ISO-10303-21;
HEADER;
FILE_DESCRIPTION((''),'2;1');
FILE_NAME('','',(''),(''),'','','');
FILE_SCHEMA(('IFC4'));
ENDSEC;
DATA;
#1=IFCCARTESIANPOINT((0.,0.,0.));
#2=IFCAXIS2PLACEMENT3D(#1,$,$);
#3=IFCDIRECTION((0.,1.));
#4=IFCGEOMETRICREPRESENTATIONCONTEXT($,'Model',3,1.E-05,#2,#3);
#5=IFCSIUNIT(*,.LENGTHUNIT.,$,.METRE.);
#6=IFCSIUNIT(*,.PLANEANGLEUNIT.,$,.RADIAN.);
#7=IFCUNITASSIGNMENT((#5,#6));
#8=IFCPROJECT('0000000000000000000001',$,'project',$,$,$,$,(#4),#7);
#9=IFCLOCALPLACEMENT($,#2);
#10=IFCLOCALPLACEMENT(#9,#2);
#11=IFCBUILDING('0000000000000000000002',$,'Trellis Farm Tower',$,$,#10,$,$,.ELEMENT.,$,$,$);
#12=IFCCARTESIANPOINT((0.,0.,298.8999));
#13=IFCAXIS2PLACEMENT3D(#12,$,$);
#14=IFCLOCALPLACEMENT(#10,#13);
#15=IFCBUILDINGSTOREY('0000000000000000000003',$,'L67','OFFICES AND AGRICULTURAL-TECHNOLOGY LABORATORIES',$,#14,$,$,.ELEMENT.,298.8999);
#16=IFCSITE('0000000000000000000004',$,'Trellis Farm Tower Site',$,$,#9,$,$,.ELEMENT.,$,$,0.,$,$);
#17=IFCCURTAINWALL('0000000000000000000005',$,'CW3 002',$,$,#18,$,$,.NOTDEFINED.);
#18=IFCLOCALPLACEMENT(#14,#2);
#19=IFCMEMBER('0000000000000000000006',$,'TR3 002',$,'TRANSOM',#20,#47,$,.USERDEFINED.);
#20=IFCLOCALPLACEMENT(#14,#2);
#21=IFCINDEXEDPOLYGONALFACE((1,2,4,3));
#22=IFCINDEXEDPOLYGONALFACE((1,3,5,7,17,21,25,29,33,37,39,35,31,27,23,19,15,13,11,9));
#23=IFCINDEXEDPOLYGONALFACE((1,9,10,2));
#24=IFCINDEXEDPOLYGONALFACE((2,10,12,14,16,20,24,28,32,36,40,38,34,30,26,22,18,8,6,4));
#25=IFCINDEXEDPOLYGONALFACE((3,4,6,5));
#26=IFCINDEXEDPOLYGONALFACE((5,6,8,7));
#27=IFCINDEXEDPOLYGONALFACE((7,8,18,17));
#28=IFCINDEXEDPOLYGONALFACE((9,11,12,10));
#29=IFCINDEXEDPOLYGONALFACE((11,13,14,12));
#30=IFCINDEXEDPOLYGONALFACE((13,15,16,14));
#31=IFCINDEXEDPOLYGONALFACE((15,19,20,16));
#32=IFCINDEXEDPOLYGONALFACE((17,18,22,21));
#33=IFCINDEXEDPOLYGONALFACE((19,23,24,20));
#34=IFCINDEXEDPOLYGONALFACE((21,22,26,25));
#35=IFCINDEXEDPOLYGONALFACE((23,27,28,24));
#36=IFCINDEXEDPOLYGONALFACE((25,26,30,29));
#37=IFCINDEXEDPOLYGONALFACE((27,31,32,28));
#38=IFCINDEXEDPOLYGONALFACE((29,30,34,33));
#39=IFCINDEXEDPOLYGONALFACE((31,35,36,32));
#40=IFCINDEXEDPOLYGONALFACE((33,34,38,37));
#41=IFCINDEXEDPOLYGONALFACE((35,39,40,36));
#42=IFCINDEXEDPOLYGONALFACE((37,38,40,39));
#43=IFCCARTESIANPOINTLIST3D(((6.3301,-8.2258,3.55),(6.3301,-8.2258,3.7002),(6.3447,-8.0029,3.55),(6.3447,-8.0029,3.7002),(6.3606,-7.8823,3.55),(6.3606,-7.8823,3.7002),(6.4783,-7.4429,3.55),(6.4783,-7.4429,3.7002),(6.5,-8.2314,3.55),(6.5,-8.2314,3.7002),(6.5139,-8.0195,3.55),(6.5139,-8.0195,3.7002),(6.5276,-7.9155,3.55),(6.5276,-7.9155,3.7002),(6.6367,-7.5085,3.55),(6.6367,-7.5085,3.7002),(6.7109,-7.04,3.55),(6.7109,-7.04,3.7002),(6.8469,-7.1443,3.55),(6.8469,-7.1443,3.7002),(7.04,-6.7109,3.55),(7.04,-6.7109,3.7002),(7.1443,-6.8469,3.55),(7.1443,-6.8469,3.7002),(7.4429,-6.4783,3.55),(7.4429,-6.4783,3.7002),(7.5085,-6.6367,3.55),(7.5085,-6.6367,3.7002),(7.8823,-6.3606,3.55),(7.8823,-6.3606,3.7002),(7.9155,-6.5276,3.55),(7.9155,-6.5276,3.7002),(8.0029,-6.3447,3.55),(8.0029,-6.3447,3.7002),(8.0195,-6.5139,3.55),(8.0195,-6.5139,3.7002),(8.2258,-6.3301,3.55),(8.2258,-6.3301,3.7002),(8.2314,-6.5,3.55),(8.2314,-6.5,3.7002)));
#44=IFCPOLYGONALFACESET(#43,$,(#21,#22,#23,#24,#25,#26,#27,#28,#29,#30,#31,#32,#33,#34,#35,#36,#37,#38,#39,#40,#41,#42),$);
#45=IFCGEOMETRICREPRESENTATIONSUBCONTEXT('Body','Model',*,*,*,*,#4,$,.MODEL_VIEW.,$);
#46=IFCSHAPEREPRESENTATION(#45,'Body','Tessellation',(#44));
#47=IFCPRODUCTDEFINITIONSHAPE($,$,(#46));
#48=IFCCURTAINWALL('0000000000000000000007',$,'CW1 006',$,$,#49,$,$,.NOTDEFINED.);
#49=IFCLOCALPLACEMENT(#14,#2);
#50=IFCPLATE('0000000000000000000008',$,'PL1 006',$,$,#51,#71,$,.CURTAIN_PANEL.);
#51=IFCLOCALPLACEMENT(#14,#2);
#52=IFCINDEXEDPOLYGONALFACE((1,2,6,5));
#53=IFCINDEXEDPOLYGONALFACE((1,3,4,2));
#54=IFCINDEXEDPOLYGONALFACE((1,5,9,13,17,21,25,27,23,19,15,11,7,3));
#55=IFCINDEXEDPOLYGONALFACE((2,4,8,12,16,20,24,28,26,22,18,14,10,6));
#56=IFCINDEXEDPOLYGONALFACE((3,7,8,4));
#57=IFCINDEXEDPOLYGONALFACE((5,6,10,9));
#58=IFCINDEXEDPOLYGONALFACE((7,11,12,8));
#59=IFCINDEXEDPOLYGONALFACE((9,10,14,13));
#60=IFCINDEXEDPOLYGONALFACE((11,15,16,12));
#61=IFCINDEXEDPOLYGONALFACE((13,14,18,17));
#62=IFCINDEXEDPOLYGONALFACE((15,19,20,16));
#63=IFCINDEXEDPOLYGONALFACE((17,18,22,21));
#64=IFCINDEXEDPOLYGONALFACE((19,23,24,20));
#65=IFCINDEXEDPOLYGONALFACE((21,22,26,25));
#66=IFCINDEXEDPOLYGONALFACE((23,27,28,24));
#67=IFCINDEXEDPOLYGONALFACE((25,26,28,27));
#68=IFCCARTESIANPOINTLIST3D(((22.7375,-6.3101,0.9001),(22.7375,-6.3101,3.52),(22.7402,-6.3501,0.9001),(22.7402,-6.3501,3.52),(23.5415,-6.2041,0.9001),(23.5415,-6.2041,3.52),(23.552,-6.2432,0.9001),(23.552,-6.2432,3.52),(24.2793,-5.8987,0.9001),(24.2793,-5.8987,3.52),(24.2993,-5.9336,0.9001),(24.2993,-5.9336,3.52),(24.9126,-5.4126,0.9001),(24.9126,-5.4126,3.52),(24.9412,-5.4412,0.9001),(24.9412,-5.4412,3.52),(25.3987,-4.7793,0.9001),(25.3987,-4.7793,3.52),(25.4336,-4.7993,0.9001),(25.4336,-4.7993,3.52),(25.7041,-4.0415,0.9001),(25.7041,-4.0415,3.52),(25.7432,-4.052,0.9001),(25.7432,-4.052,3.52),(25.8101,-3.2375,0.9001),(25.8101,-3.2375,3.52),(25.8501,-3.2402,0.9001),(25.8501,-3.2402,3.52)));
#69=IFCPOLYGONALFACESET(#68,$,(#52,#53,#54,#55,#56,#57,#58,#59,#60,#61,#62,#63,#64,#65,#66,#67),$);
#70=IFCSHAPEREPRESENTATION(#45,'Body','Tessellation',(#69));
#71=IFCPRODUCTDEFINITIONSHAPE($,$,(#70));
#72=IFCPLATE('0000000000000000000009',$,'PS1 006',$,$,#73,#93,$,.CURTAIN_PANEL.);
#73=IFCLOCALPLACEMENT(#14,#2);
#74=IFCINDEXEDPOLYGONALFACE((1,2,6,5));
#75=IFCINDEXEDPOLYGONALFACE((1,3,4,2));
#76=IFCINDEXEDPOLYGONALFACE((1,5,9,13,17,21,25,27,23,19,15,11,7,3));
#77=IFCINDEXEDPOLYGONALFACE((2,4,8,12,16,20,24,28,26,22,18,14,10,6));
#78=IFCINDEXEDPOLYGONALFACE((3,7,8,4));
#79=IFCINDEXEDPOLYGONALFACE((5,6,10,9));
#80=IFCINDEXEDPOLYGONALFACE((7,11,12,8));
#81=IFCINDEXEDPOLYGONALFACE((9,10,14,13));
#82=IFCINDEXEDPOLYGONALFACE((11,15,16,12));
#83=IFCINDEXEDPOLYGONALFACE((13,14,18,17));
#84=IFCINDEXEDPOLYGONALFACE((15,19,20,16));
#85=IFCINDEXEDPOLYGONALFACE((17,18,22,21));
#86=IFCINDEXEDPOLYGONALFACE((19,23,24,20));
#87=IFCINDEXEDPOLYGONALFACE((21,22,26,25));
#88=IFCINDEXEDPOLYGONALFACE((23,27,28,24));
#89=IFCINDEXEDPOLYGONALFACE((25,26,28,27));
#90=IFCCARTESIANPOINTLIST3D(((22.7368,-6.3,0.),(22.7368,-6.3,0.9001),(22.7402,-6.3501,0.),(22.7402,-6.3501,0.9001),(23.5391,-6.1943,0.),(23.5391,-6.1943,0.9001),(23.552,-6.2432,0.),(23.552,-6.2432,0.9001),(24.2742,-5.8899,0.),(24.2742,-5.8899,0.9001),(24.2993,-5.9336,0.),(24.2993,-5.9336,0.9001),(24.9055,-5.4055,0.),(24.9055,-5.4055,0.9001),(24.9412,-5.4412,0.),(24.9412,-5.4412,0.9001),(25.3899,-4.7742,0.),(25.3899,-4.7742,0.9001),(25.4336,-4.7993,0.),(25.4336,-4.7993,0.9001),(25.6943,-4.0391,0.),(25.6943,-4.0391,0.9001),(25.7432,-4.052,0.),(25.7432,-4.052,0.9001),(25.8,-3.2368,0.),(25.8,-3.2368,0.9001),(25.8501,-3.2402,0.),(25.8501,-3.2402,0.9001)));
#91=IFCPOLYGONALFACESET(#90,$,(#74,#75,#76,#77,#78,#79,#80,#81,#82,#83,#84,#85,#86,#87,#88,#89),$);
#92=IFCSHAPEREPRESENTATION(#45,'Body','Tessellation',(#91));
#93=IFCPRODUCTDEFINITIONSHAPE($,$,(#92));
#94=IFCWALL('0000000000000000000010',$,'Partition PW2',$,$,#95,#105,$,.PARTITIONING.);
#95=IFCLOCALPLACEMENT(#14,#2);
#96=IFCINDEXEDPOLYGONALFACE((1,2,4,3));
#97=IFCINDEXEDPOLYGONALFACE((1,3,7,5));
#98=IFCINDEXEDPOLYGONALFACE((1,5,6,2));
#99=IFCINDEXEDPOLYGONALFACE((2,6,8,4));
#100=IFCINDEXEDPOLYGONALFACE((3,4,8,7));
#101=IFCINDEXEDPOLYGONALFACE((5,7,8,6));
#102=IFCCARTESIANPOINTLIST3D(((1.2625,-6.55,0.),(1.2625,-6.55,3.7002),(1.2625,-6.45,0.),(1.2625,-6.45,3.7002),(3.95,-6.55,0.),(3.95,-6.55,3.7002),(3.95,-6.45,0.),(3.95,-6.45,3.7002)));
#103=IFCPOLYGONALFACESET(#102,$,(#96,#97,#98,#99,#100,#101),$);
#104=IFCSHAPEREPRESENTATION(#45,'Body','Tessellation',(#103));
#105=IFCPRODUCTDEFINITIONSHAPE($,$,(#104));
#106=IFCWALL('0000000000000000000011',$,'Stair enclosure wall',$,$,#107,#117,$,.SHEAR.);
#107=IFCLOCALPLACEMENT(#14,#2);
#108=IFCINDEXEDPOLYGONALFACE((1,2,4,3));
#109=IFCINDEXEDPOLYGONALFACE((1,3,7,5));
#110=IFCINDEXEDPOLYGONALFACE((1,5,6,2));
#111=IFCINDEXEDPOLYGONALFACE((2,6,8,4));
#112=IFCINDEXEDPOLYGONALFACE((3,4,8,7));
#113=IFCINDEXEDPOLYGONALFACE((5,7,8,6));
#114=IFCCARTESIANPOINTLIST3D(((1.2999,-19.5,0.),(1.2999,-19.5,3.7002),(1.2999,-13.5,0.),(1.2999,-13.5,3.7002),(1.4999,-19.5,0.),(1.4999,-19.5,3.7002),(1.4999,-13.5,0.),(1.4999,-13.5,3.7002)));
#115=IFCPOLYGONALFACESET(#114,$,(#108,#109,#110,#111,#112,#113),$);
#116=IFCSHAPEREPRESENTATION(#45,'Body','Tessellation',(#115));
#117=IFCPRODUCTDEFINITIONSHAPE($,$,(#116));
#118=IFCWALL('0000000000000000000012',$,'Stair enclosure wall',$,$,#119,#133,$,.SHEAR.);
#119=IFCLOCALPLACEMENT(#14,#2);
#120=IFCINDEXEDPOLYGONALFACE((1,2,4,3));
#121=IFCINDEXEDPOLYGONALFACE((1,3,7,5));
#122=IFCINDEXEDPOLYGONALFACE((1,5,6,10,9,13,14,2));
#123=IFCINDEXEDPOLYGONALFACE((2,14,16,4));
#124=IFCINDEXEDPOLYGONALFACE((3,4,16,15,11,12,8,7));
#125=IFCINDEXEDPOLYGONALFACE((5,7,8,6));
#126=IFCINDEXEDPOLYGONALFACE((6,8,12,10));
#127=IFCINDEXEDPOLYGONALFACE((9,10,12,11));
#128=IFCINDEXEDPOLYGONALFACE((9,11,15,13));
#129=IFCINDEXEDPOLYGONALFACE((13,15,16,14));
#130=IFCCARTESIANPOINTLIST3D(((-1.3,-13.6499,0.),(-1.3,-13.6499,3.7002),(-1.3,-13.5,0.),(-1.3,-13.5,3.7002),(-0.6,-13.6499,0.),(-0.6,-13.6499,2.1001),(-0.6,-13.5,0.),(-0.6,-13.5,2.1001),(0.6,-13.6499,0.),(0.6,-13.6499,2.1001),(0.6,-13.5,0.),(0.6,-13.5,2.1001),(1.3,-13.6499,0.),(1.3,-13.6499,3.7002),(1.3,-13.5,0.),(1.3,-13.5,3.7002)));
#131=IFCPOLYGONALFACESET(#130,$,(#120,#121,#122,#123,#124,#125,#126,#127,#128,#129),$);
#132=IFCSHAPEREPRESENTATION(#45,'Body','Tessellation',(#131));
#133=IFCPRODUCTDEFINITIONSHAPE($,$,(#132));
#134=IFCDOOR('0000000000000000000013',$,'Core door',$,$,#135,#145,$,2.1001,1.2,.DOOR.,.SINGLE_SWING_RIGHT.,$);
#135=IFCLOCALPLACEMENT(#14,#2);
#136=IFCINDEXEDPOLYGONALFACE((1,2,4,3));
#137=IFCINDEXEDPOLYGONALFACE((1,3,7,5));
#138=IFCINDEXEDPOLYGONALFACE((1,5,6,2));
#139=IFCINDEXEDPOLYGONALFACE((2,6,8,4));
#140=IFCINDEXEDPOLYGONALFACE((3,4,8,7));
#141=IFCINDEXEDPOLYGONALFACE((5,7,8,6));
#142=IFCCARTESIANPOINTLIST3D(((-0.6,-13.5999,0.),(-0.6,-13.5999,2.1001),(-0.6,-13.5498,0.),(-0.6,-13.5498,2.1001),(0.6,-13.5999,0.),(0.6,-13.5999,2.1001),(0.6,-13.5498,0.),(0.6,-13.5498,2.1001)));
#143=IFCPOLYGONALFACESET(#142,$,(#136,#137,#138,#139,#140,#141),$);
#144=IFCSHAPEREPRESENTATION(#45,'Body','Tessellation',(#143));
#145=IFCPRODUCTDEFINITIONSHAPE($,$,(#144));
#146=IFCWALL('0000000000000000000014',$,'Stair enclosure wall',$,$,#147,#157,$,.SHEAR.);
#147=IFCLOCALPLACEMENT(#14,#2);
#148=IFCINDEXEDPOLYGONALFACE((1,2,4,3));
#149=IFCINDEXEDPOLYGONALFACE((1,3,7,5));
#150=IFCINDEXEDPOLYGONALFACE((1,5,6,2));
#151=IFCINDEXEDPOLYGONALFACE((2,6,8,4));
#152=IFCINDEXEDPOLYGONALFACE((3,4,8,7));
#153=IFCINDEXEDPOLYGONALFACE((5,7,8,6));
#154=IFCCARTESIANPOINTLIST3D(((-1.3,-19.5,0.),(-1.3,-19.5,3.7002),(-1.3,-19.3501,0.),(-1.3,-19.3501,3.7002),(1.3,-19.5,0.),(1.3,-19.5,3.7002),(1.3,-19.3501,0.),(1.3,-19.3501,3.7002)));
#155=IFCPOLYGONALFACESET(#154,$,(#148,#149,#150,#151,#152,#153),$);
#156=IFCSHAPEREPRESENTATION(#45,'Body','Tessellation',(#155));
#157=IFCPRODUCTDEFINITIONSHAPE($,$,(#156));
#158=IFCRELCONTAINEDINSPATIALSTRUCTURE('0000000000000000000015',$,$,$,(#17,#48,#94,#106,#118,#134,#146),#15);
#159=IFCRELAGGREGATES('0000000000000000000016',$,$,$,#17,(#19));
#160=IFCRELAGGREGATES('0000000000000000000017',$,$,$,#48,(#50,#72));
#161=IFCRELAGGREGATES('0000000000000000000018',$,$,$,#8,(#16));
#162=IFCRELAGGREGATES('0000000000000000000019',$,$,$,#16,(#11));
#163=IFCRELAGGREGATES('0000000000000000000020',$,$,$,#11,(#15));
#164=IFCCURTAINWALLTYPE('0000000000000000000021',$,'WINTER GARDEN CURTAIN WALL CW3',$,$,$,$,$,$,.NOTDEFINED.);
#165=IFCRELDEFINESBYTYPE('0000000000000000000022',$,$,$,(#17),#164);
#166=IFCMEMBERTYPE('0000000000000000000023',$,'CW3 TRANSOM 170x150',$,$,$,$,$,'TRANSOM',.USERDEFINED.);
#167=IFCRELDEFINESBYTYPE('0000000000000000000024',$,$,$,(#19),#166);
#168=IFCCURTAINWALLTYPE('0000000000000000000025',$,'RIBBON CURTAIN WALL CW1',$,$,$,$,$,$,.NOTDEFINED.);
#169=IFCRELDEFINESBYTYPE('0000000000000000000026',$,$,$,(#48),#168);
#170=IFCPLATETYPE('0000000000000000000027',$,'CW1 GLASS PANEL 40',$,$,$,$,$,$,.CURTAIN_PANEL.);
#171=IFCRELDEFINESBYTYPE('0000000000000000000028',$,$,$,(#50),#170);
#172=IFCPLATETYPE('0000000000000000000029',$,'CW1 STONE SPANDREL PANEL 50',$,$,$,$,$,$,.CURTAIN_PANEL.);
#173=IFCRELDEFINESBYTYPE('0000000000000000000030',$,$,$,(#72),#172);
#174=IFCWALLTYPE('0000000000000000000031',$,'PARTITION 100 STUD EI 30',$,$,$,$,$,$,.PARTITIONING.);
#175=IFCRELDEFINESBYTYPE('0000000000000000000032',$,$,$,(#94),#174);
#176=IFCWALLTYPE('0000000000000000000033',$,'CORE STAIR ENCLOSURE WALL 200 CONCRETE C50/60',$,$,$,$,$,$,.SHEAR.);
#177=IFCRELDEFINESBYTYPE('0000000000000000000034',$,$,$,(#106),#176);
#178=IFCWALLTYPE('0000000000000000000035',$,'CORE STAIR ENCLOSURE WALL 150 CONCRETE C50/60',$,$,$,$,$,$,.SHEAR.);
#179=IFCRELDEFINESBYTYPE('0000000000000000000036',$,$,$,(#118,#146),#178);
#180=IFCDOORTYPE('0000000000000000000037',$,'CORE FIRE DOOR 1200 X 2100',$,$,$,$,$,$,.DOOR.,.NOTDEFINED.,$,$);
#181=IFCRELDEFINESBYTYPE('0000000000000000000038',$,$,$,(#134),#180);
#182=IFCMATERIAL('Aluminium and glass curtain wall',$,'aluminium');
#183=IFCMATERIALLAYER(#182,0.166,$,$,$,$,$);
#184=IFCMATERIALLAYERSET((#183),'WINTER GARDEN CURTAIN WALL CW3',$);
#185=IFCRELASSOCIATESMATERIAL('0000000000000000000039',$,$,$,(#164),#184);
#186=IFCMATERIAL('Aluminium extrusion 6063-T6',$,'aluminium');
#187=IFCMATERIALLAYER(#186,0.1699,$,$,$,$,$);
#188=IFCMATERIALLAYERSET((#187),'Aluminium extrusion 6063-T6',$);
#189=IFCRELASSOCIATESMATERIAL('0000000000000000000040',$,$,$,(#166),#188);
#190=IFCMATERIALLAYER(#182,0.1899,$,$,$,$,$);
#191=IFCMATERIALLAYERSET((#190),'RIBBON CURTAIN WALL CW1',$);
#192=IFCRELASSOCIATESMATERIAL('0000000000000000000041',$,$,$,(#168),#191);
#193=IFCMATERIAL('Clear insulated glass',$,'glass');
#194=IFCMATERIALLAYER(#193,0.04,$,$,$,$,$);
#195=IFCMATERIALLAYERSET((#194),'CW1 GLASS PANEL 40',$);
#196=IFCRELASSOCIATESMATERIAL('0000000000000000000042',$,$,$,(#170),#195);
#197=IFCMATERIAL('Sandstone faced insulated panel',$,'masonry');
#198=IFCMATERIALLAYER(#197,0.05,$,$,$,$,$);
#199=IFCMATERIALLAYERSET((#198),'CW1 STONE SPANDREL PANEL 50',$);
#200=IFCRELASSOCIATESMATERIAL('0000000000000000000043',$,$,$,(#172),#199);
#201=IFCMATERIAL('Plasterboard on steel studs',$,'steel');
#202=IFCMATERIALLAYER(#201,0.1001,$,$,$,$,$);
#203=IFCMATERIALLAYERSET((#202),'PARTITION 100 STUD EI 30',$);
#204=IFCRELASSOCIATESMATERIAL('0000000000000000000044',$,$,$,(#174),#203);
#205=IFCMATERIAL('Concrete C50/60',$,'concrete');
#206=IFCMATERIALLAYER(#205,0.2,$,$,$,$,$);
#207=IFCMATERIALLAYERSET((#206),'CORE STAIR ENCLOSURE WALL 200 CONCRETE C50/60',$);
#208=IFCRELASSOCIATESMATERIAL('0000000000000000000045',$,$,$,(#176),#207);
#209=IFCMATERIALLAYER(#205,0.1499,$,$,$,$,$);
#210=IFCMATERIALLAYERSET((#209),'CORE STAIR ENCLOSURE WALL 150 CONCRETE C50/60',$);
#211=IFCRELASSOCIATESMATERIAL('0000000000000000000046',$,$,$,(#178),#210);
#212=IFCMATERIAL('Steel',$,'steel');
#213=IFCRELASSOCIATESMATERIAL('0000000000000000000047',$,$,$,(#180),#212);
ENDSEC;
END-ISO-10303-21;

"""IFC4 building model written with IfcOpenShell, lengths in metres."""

from ifc_helpers import new_model, si_unit, direction, frame, frame_2d, origin, place, context, subcontext, project, spatial, polyline, rectangle, outline, extrude, source, transform, mapped, material, layer, layer_set, type_object, element, fill, aggregate, save


model = new_model("IFC4")

# Units and contexts
model_context = context("Model", 3, precision=1e-05, world=origin(), true_north=direction((0.0, 1.0)))
body_context = subcontext(model_context, "Body", "Model", "MODEL_VIEW")
ifc_project = project(units=[si_unit("LENGTHUNIT", "METRE"), si_unit("PLANEANGLEUNIT", "RADIAN")], contexts=[model_context])

# Site, building, storey
site_placement = place(None, origin())
site = spatial("IfcSite", under=ifc_project, at=site_placement, Name="Trellis Farm Tower Site", CompositionType="ELEMENT", RefElevation=0.0)
building_placement = place(site_placement, origin())
building = spatial("IfcBuilding", under=site, at=building_placement, Name="Trellis Farm Tower", CompositionType="ELEMENT")
storey_placement = place(building_placement, frame((0.0, 0.0, 298.8999)))
storey = spatial("IfcBuildingStorey", under=building, at=storey_placement, Name="L67", Description="OFFICES AND AGRICULTURAL-TECHNOLOGY LABORATORIES", CompositionType="ELEMENT", Elevation=298.8999)

# Curtain wall, member
ifc_material_1 = material(Name="Aluminium and glass curtain wall", Category="aluminium")
ifc_layer_1 = layer(ifc_material_1, 0.166)
ifc_layer_set_1 = layer_set([ifc_layer_1], Name="WINTER GARDEN CURTAIN WALL CW3")
curtain_wall_type_1 = type_object("IfcCurtainWallType", Name="WINTER GARDEN CURTAIN WALL CW3", PredefinedType="NOTDEFINED", material=ifc_layer_set_1)
placement = place(storey_placement, origin())
curtain_wall_1 = element("IfcCurtainWall", 1, at=placement, inside=storey, type_object=curtain_wall_type_1, Name="CW3 002", PredefinedType="NOTDEFINED")
ifc_material_2 = material(Name="Aluminium extrusion 6063-T6", Category="aluminium")
ifc_layer_2 = layer(ifc_material_2, 0.1699)
ifc_layer_set_2 = layer_set([ifc_layer_2], Name="Aluminium extrusion 6063-T6")
member_type = type_object("IfcMemberType", Name="CW3 TRANSOM 170x150", ElementType="TRANSOM", PredefinedType="USERDEFINED", material=ifc_layer_set_2)
shared_shape_1 = source(origin(), body_context, "Body", "SweptSolid", [
    extrude(outline(polyline([(6.5, -8.2314), (6.5139, -8.0195), (6.5276, -7.9155), (6.6367, -7.5085), (6.8469, -7.1443), (7.1443, -6.8469), (7.5085, -6.6367), (7.9155, -6.5276), (8.0195, -6.5139), (8.2314, -6.5), (8.2258, -6.3301), (8.0029, -6.3447), (7.8823, -6.3606), (7.4429, -6.4783), (7.04, -6.7109), (6.7109, -7.04), (6.4783, -7.4429), (6.3606, -7.8823), (6.3447, -8.0029), (6.3301, -8.2258), (6.5, -8.2314)])), origin(), (0.0, 0.0, 1.0), 0.1501),
])
member_placement = place(storey_placement, frame((0.0, 0.0, 3.55)))
member = element("IfcMember", 2, at=member_placement, type_object=member_type, Name="TR3 002", ObjectType="TRANSOM", PredefinedType="USERDEFINED", context=body_context, shape_type="MappedRepresentation", body=[
    mapped(shared_shape_1, transform((0.0, 0.0, 0.0))),
])
aggregate(curtain_wall_1, [member])

# Curtain wall, plates
ifc_layer_3 = layer(ifc_material_1, 0.1899)
ifc_layer_set_3 = layer_set([ifc_layer_3], Name="RIBBON CURTAIN WALL CW1")
curtain_wall_type_2 = type_object("IfcCurtainWallType", Name="RIBBON CURTAIN WALL CW1", PredefinedType="NOTDEFINED", material=ifc_layer_set_3)
curtain_wall_2 = element("IfcCurtainWall", 3, at=placement, inside=storey, type_object=curtain_wall_type_2, Name="CW1 006", PredefinedType="NOTDEFINED")
ifc_material_3 = material(Name="Clear insulated glass", Category="glass")
ifc_layer_4 = layer(ifc_material_3, 0.04)
ifc_layer_set_4 = layer_set([ifc_layer_4], Name="CW1 GLASS PANEL 40")
plate_type_1 = type_object("IfcPlateType", Name="CW1 GLASS PANEL 40", PredefinedType="CURTAIN_PANEL", material=ifc_layer_set_4)
shared_shape_2 = source(origin(), body_context, "Body", "SweptSolid", [
    extrude(outline(polyline([(22.7402, -6.3501), (23.552, -6.2432), (24.2993, -5.9336), (24.9412, -5.4412), (25.4336, -4.7993), (25.7432, -4.052), (25.8501, -3.2402), (25.8101, -3.2375), (25.7041, -4.0415), (25.3987, -4.7793), (24.9126, -5.4126), (24.2793, -5.8987), (23.5415, -6.2041), (22.7375, -6.3101), (22.7402, -6.3501)])), origin(), (0.0, 0.0, 1.0), 2.6199),
])
plate_1_placement = place(storey_placement, frame((0.0, 0.0, 0.9001)))
plate_1 = element("IfcPlate", 4, at=plate_1_placement, type_object=plate_type_1, Name="PL1 006", PredefinedType="CURTAIN_PANEL", context=body_context, shape_type="MappedRepresentation", body=[
    mapped(shared_shape_2, transform((0.0, 0.0, 0.0))),
])
ifc_material_4 = material(Name="Sandstone faced insulated panel", Category="masonry")
ifc_layer_5 = layer(ifc_material_4, 0.05)
ifc_layer_set_5 = layer_set([ifc_layer_5], Name="CW1 STONE SPANDREL PANEL 50")
plate_type_2 = type_object("IfcPlateType", Name="CW1 STONE SPANDREL PANEL 50", PredefinedType="CURTAIN_PANEL", material=ifc_layer_set_5)
shared_shape_3 = source(origin(), body_context, "Body", "SweptSolid", [
    extrude(outline(polyline([(22.7402, -6.3501), (23.552, -6.2432), (24.2993, -5.9336), (24.9412, -5.4412), (25.4336, -4.7993), (25.7432, -4.052), (25.8501, -3.2402), (25.8, -3.2368), (25.6943, -4.0391), (25.3899, -4.7742), (24.9055, -5.4055), (24.2742, -5.8899), (23.5391, -6.1943), (22.7368, -6.3), (22.7402, -6.3501)])), origin(), (0.0, 0.0, 1.0), 0.9001),
])
plate_2 = element("IfcPlate", 5, at=placement, type_object=plate_type_2, Name="PS1 006", PredefinedType="CURTAIN_PANEL", context=body_context, shape_type="MappedRepresentation", body=[
    mapped(shared_shape_3, transform((0.0, 0.0, 0.0))),
])
aggregate(curtain_wall_2, [plate_1, plate_2])

# Walls
ifc_material_5 = material(Name="Plasterboard on steel studs", Category="steel")
ifc_layer_6 = layer(ifc_material_5, 0.1001)
ifc_layer_set_6 = layer_set([ifc_layer_6], Name="PARTITION 100 STUD EI 30")
wall_type_1 = type_object("IfcWallType", Name="PARTITION 100 STUD EI 30", PredefinedType="PARTITIONING", material=ifc_layer_set_6)
wall_1_placement = place(storey_placement, frame((1.2625, -6.5, 0.0), z_axis=(0.0, 0.0, 1.0), x_axis=(1.0, 0.0, 0.0)))
element("IfcWall", 6, at=wall_1_placement, inside=storey, type_object=wall_type_1, Name="Partition PW2", PredefinedType="PARTITIONING", context=body_context, shape_type="SweptSolid", body=[
    extrude(rectangle(XDim=2.6875, YDim=0.1001, at=frame_2d((1.3438, 0.0))), origin(), (0.0, 0.0, 1.0), 3.7002),
])
ifc_material_6 = material(Name="Concrete C50/60", Category="concrete")
ifc_layer_7 = layer(ifc_material_6, 0.2)
ifc_layer_set_7 = layer_set([ifc_layer_7], Name="CORE STAIR ENCLOSURE WALL 200 CONCRETE C50/60")
wall_type_2 = type_object("IfcWallType", Name="CORE STAIR ENCLOSURE WALL 200 CONCRETE C50/60", PredefinedType="SHEAR", material=ifc_layer_set_7)
shared_shape_4 = source(origin(), body_context, "Body", "SweptSolid", [
    extrude(rectangle(XDim=6.0, YDim=0.2, at=frame_2d((3.0, 0.0))), origin(), (0.0, 0.0, 1.0), 3.7002),
])
wall_2_placement = place(storey_placement, frame((1.3999, -13.5, 0.0), z_axis=(0.0, 0.0, 1.0), x_axis=(0.0, -1.0, 0.0)))
element("IfcWall", 7, at=wall_2_placement, inside=storey, type_object=wall_type_2, Name="Stair enclosure wall", PredefinedType="SHEAR", context=body_context, shape_type="MappedRepresentation", body=[
    mapped(shared_shape_4, transform((0.0, 0.0, 0.0))),
])

# Wall, opening, door
ifc_layer_8 = layer(ifc_material_6, 0.1499)
ifc_layer_set_8 = layer_set([ifc_layer_8], Name="CORE STAIR ENCLOSURE WALL 150 CONCRETE C50/60")
wall_type_3 = type_object("IfcWallType", Name="CORE STAIR ENCLOSURE WALL 150 CONCRETE C50/60", PredefinedType="SHEAR", material=ifc_layer_set_8)
shared_shape_5 = source(origin(), body_context, "Body", "SweptSolid", [
    extrude(rectangle(XDim=2.6001, YDim=0.1499, at=frame_2d((1.3, 0.0))), origin(), (0.0, 0.0, 1.0), 3.7002),
])
wall_3_placement = place(storey_placement, frame((1.3, -13.575, 0.0), z_axis=(0.0, 0.0, 1.0), x_axis=(-1.0, 0.0, 0.0)))
wall_3 = element("IfcWall", 8, at=wall_3_placement, inside=storey, type_object=wall_type_3, Name="Stair enclosure wall", PredefinedType="SHEAR", context=body_context, shape_type="MappedRepresentation", body=[
    mapped(shared_shape_5, transform((0.0, 0.0, 0.0))),
])
shared_shape_6 = source(origin(), body_context, "Body", "SweptSolid", [
    extrude(rectangle(XDim=1.2, YDim=2.1001, at=frame_2d((0.6001, 1.05))), frame((0.0, 0.085, 0.0), z_axis=(0.0, -1.0, 0.0), x_axis=(1.0, 0.0, 0.0)), (0.0, 0.0, 1.0), 0.1699),
])
opening_1_placement = place(wall_3_placement, frame((0.7, 0.0, 0.0)))
opening_1 = element("IfcOpeningElement", 9, at=opening_1_placement, cuts=wall_3, PredefinedType="OPENING", context=body_context, shape_type="MappedRepresentation", body=[
    mapped(shared_shape_6, transform((0.0, 0.0, 0.0))),
])
ifc_material_7 = material(Name="Steel", Category="steel")
door_type_1 = type_object("IfcDoorType", Name="CORE FIRE DOOR 1200 X 2100", OperationType="NOTDEFINED", PredefinedType="DOOR", material=ifc_material_7)
shared_shape_7 = source(origin(), body_context, "Body", "SweptSolid", [
    extrude(rectangle(XDim=1.2, YDim=2.1001, at=frame_2d((0.6001, 1.05))), frame((0.0, 0.0249, 0.0), z_axis=(0.0, -1.0, 0.0), x_axis=(1.0, 0.0, 0.0)), (0.0, 0.0, 1.0), 0.05),
])
door_1_placement = place(opening_1_placement, origin())
door_1 = element("IfcDoor", 10, at=door_1_placement, inside=storey, type_object=door_type_1, Name="Core door", OperationType="SINGLE_SWING_RIGHT", OverallHeight=2.1001, OverallWidth=1.2, PredefinedType="DOOR", context=body_context, shape_type="MappedRepresentation", body=[
    mapped(shared_shape_7, transform((0.0, 0.0, 0.0))),
])
fill(opening_1, door_1)

# Wall
wall_4_placement = place(storey_placement, frame((1.3, -19.425, 0.0), z_axis=(0.0, 0.0, 1.0), x_axis=(-1.0, 0.0, 0.0)))
element("IfcWall", 11, at=wall_4_placement, inside=storey, type_object=wall_type_3, Name="Stair enclosure wall", PredefinedType="SHEAR", context=body_context, shape_type="MappedRepresentation", body=[
    mapped(shared_shape_5, transform((0.0, 0.0, 0.0))),
])

save(model, "model.ifc")
